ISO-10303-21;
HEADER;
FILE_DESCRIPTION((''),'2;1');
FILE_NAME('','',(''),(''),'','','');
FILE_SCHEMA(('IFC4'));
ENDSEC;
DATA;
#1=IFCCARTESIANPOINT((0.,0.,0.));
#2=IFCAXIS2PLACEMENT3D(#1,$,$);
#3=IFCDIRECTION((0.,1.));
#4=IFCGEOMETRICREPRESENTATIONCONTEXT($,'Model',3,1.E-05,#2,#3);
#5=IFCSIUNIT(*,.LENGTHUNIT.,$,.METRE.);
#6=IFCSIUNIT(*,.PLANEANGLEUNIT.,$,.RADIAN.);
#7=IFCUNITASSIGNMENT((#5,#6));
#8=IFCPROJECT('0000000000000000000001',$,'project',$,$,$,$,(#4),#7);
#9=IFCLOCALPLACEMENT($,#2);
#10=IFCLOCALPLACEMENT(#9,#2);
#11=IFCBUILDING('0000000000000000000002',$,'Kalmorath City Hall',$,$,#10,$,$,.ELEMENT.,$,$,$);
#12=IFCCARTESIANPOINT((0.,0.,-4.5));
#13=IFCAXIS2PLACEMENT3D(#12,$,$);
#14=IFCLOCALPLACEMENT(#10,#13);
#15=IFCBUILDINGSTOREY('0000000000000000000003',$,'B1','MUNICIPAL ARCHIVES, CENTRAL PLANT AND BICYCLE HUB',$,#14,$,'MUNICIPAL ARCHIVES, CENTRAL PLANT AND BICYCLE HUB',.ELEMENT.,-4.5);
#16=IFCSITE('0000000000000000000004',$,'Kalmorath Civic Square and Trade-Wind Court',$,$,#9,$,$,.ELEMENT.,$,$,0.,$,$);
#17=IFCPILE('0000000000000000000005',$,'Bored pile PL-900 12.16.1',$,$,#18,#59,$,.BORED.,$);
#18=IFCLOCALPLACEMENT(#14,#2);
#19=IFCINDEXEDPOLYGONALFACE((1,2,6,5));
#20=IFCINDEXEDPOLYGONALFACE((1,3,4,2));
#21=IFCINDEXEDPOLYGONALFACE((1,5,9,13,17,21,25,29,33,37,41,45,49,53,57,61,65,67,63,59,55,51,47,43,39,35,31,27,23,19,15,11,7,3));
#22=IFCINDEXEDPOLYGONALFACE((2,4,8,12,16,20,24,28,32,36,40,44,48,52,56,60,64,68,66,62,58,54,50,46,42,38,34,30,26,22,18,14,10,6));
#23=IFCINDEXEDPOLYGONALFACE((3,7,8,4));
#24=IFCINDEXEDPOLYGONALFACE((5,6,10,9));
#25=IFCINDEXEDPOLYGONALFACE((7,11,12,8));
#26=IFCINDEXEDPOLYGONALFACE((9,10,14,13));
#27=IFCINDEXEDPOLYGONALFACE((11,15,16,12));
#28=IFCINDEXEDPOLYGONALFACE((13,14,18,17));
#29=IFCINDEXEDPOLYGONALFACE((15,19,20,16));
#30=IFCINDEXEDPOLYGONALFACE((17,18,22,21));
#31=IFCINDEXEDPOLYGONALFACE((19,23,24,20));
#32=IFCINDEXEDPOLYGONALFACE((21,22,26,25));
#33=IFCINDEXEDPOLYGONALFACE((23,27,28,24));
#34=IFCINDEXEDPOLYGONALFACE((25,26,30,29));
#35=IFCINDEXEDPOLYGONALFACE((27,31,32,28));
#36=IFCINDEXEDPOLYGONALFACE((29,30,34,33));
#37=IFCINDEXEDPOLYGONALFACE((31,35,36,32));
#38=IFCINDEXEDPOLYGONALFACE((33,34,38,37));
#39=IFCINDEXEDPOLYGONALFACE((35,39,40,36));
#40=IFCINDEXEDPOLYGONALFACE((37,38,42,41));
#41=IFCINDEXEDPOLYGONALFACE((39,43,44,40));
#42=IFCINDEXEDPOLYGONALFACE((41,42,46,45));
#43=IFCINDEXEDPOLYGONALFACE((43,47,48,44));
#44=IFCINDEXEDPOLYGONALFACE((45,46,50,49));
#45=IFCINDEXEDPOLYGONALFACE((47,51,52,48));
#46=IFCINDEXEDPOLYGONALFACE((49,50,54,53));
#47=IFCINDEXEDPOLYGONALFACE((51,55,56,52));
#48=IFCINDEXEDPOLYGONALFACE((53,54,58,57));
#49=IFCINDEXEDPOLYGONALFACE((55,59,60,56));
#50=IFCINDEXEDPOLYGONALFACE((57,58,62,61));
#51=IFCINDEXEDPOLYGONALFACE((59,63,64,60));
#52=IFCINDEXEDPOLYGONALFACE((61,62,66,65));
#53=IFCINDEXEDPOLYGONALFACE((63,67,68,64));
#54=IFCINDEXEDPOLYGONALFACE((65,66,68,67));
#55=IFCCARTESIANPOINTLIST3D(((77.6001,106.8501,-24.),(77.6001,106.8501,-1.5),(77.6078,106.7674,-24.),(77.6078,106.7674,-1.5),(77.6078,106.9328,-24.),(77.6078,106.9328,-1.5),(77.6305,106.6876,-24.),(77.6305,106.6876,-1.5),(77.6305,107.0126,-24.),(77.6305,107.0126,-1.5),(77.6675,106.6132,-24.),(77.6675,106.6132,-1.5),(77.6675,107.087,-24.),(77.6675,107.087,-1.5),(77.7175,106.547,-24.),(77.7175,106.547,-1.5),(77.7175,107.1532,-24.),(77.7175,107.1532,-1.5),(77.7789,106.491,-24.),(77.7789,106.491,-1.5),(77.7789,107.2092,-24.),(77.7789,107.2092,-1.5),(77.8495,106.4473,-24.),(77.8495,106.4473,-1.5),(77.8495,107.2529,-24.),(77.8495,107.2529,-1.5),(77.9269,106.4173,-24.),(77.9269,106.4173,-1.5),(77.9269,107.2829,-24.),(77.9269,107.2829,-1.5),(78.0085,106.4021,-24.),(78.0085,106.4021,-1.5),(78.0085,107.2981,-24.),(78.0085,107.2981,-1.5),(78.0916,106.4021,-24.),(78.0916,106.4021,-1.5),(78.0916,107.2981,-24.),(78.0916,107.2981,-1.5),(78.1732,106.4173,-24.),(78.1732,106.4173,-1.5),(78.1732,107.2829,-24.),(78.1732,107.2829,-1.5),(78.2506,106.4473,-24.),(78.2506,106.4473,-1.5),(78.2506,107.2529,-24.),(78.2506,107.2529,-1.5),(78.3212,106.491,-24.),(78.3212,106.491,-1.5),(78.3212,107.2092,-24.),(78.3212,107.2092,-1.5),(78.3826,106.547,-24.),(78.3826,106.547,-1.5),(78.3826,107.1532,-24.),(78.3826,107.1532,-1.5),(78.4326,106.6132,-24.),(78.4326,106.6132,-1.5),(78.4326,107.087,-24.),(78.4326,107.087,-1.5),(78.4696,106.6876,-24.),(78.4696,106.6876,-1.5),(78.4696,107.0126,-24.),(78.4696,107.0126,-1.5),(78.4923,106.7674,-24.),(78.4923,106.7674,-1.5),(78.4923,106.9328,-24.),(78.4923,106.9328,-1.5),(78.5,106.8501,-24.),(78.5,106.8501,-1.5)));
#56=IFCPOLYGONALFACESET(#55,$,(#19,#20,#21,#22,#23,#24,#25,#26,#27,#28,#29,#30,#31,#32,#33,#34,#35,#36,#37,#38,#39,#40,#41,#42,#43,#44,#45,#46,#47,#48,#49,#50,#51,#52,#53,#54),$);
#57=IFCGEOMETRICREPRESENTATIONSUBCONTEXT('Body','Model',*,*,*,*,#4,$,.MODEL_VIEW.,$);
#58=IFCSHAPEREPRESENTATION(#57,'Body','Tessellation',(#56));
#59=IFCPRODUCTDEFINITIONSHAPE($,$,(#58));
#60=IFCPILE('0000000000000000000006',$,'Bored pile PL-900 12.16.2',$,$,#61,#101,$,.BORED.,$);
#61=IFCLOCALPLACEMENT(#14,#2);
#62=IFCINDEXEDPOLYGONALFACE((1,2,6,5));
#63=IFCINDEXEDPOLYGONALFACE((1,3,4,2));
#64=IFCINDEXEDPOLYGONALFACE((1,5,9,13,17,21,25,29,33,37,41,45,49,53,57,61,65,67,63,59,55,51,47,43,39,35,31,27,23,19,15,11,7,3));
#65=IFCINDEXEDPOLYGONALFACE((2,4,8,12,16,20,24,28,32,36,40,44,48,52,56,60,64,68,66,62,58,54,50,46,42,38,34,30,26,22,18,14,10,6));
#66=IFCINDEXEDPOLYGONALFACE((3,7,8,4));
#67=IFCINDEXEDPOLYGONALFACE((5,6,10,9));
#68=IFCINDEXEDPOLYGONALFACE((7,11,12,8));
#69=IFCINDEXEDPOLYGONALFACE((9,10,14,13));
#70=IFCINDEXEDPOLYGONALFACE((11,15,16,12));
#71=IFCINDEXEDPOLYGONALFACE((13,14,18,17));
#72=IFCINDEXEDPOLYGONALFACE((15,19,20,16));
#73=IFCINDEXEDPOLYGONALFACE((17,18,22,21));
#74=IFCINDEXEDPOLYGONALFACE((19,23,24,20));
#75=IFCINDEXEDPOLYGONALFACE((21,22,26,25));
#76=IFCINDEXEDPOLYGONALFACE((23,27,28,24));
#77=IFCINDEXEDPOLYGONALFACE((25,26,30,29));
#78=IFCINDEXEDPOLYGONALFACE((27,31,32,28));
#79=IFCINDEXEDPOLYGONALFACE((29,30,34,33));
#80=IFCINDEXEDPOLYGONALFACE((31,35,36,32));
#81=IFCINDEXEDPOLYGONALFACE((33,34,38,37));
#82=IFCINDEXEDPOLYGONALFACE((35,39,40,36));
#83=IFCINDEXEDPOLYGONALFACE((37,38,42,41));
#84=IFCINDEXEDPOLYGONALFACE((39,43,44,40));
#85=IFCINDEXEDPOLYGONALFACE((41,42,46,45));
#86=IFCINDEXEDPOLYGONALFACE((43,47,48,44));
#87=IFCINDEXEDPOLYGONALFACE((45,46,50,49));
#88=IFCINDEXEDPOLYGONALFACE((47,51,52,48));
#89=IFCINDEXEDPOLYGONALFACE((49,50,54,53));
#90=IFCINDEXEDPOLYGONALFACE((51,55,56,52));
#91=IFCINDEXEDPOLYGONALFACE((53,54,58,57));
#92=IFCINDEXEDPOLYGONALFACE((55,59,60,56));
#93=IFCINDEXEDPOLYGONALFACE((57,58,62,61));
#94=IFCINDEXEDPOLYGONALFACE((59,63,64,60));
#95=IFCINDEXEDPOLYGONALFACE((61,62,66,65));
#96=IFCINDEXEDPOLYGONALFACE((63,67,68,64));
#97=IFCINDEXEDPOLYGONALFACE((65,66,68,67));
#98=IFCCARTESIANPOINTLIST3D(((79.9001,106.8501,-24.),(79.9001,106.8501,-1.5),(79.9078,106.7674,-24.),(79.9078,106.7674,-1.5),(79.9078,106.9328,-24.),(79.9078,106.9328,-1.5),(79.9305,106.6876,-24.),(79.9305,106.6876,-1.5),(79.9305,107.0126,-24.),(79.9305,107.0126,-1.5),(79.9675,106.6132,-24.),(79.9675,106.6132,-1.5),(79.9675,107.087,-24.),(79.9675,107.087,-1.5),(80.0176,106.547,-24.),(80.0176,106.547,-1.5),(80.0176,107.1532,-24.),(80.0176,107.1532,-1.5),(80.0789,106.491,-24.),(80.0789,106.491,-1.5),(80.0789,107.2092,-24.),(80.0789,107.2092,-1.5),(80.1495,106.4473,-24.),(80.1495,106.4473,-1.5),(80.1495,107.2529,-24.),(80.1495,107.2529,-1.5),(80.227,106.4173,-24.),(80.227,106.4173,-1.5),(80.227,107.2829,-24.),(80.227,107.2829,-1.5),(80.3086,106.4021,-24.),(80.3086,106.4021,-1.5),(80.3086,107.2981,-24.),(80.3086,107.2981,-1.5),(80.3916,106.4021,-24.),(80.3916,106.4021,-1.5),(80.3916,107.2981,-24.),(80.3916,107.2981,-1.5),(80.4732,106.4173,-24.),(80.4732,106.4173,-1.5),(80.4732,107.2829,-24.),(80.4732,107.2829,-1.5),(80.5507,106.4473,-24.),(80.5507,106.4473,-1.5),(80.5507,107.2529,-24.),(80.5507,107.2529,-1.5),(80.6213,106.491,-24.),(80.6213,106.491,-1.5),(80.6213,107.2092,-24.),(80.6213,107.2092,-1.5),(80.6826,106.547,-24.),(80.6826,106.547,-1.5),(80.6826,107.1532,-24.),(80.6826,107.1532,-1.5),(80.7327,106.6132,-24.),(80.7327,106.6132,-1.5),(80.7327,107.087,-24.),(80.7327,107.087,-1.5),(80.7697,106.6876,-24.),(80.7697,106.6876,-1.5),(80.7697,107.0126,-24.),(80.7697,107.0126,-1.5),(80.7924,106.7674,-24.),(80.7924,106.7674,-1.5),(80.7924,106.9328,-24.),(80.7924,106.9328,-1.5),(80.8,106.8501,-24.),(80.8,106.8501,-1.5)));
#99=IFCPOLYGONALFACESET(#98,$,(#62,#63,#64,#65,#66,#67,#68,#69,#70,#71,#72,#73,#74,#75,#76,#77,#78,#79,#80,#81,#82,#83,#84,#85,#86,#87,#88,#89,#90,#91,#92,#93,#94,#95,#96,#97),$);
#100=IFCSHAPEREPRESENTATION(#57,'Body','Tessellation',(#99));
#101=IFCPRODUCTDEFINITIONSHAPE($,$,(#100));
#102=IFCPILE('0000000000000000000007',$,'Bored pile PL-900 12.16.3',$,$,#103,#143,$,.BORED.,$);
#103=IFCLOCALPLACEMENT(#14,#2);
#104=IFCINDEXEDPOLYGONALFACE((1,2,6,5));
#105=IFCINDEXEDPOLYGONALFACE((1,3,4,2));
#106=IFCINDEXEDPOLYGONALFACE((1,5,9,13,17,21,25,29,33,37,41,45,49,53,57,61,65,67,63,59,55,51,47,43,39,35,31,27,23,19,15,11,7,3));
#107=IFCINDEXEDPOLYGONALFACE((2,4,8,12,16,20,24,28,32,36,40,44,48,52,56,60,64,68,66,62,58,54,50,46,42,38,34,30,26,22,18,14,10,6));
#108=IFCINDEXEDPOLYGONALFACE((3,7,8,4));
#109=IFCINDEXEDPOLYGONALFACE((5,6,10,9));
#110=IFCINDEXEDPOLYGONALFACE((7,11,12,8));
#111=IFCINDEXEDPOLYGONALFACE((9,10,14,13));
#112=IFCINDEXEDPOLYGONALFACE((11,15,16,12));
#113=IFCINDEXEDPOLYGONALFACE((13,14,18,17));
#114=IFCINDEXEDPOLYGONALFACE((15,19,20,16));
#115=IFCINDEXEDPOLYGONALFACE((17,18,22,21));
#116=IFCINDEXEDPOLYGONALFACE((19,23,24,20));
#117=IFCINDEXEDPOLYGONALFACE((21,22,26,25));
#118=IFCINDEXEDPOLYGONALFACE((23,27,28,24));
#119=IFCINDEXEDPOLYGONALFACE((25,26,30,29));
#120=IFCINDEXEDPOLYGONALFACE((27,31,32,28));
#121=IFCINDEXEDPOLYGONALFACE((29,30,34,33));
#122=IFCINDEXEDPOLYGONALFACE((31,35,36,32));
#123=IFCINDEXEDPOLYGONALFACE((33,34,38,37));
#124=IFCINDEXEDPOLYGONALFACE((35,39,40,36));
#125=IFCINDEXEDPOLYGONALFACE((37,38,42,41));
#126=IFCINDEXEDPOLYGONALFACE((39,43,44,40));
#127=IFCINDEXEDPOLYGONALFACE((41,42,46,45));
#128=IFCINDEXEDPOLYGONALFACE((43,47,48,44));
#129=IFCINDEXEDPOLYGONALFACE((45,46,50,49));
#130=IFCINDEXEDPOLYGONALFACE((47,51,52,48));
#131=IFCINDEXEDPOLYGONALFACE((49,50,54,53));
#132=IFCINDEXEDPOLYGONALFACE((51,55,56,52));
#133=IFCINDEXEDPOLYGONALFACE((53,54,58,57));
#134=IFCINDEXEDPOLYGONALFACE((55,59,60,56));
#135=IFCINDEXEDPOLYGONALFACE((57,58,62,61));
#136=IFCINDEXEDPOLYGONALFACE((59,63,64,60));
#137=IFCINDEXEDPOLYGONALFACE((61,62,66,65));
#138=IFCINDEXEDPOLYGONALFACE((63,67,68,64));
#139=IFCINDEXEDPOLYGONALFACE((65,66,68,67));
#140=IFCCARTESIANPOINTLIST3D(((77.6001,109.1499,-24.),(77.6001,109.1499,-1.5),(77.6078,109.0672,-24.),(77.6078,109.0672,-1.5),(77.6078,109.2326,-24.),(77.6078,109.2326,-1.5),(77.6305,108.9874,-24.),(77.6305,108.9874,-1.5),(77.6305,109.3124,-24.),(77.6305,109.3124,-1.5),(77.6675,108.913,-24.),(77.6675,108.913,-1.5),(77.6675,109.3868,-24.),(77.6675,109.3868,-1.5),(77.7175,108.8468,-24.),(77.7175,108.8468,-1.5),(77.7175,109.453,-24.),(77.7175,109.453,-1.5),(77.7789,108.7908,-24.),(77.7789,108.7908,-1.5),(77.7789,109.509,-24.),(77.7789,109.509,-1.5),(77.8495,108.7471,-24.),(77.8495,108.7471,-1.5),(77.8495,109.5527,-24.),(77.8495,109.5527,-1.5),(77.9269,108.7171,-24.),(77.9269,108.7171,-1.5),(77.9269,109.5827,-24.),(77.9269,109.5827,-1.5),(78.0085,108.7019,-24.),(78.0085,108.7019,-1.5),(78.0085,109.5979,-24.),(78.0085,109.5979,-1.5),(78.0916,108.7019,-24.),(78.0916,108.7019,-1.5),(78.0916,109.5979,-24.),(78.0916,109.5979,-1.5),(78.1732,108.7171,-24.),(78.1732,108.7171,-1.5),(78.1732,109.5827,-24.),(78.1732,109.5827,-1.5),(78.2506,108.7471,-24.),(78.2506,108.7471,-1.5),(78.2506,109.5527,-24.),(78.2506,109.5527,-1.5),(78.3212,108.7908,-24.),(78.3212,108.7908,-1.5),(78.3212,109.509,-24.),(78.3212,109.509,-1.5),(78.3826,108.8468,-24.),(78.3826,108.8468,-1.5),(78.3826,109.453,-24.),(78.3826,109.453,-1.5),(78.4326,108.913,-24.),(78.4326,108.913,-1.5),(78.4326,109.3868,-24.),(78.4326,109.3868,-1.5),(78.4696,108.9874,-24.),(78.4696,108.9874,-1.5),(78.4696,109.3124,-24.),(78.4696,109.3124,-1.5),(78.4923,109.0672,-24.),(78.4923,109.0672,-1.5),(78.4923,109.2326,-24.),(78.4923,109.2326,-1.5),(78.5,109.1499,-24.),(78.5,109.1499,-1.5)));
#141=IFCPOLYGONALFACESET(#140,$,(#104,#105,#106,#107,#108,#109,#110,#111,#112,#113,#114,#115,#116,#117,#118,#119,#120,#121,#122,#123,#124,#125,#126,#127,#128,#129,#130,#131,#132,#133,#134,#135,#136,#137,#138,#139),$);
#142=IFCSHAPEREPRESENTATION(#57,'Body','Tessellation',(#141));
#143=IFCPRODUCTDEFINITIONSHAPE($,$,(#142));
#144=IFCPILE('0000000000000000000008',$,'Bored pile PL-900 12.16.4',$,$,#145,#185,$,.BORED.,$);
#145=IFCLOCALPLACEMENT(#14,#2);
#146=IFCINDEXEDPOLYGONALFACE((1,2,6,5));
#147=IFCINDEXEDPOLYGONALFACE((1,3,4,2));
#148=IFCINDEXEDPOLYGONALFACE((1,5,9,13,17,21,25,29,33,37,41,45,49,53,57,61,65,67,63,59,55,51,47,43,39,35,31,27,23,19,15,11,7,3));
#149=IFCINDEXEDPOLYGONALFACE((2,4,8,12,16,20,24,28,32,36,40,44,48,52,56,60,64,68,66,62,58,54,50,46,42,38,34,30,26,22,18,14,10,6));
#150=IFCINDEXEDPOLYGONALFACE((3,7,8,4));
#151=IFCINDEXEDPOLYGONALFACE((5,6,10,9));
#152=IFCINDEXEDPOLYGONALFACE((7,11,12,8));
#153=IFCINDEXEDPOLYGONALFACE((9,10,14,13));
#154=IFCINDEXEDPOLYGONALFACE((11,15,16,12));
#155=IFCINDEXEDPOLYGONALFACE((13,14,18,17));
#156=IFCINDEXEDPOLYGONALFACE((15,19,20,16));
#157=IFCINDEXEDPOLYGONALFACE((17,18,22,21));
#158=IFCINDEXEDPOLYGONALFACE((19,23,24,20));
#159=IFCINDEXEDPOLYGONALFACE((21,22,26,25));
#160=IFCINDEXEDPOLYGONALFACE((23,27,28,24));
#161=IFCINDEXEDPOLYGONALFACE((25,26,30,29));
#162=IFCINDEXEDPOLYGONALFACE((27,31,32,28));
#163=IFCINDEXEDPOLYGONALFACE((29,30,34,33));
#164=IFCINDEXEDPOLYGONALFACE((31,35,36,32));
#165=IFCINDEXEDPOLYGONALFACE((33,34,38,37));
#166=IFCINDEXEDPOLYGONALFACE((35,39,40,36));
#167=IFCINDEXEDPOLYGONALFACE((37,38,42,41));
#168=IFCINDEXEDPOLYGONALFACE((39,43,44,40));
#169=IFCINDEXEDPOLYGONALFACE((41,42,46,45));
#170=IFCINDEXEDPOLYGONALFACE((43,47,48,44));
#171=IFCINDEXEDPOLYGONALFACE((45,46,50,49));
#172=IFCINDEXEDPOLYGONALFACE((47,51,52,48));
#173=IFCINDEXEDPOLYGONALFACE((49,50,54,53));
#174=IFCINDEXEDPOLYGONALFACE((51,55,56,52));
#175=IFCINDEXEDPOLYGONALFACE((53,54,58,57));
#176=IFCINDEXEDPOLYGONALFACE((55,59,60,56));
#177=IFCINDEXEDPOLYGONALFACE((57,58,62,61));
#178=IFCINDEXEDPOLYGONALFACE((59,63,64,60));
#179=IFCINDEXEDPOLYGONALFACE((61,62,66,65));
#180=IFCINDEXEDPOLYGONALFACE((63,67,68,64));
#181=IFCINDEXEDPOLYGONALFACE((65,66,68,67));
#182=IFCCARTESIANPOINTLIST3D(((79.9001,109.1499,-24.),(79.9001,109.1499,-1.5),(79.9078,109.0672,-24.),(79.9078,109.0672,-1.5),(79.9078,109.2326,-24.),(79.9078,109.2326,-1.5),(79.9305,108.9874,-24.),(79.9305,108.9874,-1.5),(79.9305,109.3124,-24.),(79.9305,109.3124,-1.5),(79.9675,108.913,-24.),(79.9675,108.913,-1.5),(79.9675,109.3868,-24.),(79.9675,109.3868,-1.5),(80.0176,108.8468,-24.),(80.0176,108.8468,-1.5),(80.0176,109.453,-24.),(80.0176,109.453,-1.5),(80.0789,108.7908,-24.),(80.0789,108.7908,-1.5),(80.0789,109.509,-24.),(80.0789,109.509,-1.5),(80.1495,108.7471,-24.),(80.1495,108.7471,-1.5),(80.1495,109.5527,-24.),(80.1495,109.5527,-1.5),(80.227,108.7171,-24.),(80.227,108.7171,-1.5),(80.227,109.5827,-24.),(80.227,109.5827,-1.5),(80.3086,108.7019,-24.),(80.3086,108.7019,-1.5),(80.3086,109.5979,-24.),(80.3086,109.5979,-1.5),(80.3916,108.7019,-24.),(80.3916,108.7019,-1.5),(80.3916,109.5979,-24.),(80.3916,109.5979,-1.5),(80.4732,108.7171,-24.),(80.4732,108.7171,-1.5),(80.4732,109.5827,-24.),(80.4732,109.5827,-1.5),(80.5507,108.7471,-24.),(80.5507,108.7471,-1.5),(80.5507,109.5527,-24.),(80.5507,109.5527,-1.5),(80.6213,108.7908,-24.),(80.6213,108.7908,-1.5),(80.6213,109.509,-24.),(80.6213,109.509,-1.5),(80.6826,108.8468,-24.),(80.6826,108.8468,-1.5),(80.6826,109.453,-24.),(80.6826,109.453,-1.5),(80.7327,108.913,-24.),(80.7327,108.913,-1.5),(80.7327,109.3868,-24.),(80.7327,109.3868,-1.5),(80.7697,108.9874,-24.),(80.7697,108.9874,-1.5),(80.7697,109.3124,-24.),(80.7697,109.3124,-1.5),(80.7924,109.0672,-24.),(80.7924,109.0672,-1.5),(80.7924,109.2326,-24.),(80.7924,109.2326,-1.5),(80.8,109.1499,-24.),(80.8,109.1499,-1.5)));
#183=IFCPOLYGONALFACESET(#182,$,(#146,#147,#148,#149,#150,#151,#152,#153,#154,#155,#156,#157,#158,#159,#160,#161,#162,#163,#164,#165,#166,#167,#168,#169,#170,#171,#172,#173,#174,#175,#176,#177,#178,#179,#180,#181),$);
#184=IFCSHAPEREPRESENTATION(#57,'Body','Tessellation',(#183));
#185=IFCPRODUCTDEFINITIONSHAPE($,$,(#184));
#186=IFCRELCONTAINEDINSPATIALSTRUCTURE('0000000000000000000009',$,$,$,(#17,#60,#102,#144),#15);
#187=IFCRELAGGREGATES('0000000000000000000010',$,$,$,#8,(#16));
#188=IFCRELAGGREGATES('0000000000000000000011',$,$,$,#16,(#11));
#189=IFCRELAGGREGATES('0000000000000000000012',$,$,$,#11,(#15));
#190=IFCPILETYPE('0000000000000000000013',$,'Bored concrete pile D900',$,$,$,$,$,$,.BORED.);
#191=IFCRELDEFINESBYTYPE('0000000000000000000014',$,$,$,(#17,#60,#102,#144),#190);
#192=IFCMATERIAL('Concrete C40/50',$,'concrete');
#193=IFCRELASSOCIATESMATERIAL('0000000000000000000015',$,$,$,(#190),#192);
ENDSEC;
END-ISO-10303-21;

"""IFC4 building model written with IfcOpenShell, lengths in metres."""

from ifc_helpers import new_model, si_unit, direction, frame, origin, origin_2d, place, context, subcontext, project, spatial, circle, extrude, material, material_profile, profile_set, type_object, element, save


model = new_model("IFC4")

# Units and contexts
model_context = context("Model", 3, precision=1e-05, world=origin(), true_north=direction((0.0, 1.0)))
body_context = subcontext(model_context, "Body", "Model", "MODEL_VIEW")
ifc_project = project(units=[si_unit("LENGTHUNIT", "METRE"), si_unit("PLANEANGLEUNIT", "RADIAN")], contexts=[model_context])

# Site, building, storey
site_placement = place(None, origin())
site = spatial("IfcSite", under=ifc_project, at=site_placement, Name="Kalmorath Civic Square and Trade-Wind Court", CompositionType="ELEMENT", RefElevation=0.0)
building_placement = place(site_placement, origin())
building = spatial("IfcBuilding", under=site, at=building_placement, Name="Kalmorath City Hall", CompositionType="ELEMENT")
storey_placement = place(building_placement, frame((0.0, 0.0, -4.5)))
storey = spatial("IfcBuildingStorey", under=building, at=storey_placement, Name="B1", Description="MUNICIPAL ARCHIVES, CENTRAL PLANT AND BICYCLE HUB", LongName="MUNICIPAL ARCHIVES, CENTRAL PLANT AND BICYCLE HUB", CompositionType="ELEMENT", Elevation=-4.5)

# Piles
ifc_material_1 = material(Name="Concrete C40/50", Category="concrete")
ifc_material_profile_1 = material_profile(ifc_material_1, circle(Radius=0.45, at=origin_2d()), Name="PILE-D900")
ifc_profile_set_1 = profile_set([ifc_material_profile_1], Name="Concrete C40/50")
pile_type = type_object("IfcPileType", Name="Bored concrete pile D900", PredefinedType="BORED", material=ifc_profile_set_1)
for number, where, z_axis, x_axis, name in (
    (1, (78.05, 106.8501, -1.5), (0.0, 0.0, -1.0), (1.0, 0.0, 0.0), "Bored pile PL-900 12.16.1"),
    (2, (80.3501, 106.8501, -1.5), (0.0, 0.0, -1.0), (1.0, 0.0, 0.0), "Bored pile PL-900 12.16.2"),
    (3, (78.05, 109.1499, -1.5), (0.0, 0.0, -1.0), (1.0, 0.0, 0.0), "Bored pile PL-900 12.16.3"),
    (4, (80.3501, 109.1499, -1.5), (0.0, 0.0, -1.0), (1.0, 0.0, 0.0), "Bored pile PL-900 12.16.4"),
):
    element("IfcPile", number, at=place(storey_placement, frame(where, z_axis=z_axis, x_axis=x_axis)), inside=storey, type_object=pile_type, Name=name, PredefinedType="BORED", context=body_context, shape_type="SweptSolid", body=[
        extrude(circle(Radius=0.45, at=origin_2d()), origin(), (0.0, 0.0, 1.0), 22.5),
    ])

save(model, "model.ifc")
